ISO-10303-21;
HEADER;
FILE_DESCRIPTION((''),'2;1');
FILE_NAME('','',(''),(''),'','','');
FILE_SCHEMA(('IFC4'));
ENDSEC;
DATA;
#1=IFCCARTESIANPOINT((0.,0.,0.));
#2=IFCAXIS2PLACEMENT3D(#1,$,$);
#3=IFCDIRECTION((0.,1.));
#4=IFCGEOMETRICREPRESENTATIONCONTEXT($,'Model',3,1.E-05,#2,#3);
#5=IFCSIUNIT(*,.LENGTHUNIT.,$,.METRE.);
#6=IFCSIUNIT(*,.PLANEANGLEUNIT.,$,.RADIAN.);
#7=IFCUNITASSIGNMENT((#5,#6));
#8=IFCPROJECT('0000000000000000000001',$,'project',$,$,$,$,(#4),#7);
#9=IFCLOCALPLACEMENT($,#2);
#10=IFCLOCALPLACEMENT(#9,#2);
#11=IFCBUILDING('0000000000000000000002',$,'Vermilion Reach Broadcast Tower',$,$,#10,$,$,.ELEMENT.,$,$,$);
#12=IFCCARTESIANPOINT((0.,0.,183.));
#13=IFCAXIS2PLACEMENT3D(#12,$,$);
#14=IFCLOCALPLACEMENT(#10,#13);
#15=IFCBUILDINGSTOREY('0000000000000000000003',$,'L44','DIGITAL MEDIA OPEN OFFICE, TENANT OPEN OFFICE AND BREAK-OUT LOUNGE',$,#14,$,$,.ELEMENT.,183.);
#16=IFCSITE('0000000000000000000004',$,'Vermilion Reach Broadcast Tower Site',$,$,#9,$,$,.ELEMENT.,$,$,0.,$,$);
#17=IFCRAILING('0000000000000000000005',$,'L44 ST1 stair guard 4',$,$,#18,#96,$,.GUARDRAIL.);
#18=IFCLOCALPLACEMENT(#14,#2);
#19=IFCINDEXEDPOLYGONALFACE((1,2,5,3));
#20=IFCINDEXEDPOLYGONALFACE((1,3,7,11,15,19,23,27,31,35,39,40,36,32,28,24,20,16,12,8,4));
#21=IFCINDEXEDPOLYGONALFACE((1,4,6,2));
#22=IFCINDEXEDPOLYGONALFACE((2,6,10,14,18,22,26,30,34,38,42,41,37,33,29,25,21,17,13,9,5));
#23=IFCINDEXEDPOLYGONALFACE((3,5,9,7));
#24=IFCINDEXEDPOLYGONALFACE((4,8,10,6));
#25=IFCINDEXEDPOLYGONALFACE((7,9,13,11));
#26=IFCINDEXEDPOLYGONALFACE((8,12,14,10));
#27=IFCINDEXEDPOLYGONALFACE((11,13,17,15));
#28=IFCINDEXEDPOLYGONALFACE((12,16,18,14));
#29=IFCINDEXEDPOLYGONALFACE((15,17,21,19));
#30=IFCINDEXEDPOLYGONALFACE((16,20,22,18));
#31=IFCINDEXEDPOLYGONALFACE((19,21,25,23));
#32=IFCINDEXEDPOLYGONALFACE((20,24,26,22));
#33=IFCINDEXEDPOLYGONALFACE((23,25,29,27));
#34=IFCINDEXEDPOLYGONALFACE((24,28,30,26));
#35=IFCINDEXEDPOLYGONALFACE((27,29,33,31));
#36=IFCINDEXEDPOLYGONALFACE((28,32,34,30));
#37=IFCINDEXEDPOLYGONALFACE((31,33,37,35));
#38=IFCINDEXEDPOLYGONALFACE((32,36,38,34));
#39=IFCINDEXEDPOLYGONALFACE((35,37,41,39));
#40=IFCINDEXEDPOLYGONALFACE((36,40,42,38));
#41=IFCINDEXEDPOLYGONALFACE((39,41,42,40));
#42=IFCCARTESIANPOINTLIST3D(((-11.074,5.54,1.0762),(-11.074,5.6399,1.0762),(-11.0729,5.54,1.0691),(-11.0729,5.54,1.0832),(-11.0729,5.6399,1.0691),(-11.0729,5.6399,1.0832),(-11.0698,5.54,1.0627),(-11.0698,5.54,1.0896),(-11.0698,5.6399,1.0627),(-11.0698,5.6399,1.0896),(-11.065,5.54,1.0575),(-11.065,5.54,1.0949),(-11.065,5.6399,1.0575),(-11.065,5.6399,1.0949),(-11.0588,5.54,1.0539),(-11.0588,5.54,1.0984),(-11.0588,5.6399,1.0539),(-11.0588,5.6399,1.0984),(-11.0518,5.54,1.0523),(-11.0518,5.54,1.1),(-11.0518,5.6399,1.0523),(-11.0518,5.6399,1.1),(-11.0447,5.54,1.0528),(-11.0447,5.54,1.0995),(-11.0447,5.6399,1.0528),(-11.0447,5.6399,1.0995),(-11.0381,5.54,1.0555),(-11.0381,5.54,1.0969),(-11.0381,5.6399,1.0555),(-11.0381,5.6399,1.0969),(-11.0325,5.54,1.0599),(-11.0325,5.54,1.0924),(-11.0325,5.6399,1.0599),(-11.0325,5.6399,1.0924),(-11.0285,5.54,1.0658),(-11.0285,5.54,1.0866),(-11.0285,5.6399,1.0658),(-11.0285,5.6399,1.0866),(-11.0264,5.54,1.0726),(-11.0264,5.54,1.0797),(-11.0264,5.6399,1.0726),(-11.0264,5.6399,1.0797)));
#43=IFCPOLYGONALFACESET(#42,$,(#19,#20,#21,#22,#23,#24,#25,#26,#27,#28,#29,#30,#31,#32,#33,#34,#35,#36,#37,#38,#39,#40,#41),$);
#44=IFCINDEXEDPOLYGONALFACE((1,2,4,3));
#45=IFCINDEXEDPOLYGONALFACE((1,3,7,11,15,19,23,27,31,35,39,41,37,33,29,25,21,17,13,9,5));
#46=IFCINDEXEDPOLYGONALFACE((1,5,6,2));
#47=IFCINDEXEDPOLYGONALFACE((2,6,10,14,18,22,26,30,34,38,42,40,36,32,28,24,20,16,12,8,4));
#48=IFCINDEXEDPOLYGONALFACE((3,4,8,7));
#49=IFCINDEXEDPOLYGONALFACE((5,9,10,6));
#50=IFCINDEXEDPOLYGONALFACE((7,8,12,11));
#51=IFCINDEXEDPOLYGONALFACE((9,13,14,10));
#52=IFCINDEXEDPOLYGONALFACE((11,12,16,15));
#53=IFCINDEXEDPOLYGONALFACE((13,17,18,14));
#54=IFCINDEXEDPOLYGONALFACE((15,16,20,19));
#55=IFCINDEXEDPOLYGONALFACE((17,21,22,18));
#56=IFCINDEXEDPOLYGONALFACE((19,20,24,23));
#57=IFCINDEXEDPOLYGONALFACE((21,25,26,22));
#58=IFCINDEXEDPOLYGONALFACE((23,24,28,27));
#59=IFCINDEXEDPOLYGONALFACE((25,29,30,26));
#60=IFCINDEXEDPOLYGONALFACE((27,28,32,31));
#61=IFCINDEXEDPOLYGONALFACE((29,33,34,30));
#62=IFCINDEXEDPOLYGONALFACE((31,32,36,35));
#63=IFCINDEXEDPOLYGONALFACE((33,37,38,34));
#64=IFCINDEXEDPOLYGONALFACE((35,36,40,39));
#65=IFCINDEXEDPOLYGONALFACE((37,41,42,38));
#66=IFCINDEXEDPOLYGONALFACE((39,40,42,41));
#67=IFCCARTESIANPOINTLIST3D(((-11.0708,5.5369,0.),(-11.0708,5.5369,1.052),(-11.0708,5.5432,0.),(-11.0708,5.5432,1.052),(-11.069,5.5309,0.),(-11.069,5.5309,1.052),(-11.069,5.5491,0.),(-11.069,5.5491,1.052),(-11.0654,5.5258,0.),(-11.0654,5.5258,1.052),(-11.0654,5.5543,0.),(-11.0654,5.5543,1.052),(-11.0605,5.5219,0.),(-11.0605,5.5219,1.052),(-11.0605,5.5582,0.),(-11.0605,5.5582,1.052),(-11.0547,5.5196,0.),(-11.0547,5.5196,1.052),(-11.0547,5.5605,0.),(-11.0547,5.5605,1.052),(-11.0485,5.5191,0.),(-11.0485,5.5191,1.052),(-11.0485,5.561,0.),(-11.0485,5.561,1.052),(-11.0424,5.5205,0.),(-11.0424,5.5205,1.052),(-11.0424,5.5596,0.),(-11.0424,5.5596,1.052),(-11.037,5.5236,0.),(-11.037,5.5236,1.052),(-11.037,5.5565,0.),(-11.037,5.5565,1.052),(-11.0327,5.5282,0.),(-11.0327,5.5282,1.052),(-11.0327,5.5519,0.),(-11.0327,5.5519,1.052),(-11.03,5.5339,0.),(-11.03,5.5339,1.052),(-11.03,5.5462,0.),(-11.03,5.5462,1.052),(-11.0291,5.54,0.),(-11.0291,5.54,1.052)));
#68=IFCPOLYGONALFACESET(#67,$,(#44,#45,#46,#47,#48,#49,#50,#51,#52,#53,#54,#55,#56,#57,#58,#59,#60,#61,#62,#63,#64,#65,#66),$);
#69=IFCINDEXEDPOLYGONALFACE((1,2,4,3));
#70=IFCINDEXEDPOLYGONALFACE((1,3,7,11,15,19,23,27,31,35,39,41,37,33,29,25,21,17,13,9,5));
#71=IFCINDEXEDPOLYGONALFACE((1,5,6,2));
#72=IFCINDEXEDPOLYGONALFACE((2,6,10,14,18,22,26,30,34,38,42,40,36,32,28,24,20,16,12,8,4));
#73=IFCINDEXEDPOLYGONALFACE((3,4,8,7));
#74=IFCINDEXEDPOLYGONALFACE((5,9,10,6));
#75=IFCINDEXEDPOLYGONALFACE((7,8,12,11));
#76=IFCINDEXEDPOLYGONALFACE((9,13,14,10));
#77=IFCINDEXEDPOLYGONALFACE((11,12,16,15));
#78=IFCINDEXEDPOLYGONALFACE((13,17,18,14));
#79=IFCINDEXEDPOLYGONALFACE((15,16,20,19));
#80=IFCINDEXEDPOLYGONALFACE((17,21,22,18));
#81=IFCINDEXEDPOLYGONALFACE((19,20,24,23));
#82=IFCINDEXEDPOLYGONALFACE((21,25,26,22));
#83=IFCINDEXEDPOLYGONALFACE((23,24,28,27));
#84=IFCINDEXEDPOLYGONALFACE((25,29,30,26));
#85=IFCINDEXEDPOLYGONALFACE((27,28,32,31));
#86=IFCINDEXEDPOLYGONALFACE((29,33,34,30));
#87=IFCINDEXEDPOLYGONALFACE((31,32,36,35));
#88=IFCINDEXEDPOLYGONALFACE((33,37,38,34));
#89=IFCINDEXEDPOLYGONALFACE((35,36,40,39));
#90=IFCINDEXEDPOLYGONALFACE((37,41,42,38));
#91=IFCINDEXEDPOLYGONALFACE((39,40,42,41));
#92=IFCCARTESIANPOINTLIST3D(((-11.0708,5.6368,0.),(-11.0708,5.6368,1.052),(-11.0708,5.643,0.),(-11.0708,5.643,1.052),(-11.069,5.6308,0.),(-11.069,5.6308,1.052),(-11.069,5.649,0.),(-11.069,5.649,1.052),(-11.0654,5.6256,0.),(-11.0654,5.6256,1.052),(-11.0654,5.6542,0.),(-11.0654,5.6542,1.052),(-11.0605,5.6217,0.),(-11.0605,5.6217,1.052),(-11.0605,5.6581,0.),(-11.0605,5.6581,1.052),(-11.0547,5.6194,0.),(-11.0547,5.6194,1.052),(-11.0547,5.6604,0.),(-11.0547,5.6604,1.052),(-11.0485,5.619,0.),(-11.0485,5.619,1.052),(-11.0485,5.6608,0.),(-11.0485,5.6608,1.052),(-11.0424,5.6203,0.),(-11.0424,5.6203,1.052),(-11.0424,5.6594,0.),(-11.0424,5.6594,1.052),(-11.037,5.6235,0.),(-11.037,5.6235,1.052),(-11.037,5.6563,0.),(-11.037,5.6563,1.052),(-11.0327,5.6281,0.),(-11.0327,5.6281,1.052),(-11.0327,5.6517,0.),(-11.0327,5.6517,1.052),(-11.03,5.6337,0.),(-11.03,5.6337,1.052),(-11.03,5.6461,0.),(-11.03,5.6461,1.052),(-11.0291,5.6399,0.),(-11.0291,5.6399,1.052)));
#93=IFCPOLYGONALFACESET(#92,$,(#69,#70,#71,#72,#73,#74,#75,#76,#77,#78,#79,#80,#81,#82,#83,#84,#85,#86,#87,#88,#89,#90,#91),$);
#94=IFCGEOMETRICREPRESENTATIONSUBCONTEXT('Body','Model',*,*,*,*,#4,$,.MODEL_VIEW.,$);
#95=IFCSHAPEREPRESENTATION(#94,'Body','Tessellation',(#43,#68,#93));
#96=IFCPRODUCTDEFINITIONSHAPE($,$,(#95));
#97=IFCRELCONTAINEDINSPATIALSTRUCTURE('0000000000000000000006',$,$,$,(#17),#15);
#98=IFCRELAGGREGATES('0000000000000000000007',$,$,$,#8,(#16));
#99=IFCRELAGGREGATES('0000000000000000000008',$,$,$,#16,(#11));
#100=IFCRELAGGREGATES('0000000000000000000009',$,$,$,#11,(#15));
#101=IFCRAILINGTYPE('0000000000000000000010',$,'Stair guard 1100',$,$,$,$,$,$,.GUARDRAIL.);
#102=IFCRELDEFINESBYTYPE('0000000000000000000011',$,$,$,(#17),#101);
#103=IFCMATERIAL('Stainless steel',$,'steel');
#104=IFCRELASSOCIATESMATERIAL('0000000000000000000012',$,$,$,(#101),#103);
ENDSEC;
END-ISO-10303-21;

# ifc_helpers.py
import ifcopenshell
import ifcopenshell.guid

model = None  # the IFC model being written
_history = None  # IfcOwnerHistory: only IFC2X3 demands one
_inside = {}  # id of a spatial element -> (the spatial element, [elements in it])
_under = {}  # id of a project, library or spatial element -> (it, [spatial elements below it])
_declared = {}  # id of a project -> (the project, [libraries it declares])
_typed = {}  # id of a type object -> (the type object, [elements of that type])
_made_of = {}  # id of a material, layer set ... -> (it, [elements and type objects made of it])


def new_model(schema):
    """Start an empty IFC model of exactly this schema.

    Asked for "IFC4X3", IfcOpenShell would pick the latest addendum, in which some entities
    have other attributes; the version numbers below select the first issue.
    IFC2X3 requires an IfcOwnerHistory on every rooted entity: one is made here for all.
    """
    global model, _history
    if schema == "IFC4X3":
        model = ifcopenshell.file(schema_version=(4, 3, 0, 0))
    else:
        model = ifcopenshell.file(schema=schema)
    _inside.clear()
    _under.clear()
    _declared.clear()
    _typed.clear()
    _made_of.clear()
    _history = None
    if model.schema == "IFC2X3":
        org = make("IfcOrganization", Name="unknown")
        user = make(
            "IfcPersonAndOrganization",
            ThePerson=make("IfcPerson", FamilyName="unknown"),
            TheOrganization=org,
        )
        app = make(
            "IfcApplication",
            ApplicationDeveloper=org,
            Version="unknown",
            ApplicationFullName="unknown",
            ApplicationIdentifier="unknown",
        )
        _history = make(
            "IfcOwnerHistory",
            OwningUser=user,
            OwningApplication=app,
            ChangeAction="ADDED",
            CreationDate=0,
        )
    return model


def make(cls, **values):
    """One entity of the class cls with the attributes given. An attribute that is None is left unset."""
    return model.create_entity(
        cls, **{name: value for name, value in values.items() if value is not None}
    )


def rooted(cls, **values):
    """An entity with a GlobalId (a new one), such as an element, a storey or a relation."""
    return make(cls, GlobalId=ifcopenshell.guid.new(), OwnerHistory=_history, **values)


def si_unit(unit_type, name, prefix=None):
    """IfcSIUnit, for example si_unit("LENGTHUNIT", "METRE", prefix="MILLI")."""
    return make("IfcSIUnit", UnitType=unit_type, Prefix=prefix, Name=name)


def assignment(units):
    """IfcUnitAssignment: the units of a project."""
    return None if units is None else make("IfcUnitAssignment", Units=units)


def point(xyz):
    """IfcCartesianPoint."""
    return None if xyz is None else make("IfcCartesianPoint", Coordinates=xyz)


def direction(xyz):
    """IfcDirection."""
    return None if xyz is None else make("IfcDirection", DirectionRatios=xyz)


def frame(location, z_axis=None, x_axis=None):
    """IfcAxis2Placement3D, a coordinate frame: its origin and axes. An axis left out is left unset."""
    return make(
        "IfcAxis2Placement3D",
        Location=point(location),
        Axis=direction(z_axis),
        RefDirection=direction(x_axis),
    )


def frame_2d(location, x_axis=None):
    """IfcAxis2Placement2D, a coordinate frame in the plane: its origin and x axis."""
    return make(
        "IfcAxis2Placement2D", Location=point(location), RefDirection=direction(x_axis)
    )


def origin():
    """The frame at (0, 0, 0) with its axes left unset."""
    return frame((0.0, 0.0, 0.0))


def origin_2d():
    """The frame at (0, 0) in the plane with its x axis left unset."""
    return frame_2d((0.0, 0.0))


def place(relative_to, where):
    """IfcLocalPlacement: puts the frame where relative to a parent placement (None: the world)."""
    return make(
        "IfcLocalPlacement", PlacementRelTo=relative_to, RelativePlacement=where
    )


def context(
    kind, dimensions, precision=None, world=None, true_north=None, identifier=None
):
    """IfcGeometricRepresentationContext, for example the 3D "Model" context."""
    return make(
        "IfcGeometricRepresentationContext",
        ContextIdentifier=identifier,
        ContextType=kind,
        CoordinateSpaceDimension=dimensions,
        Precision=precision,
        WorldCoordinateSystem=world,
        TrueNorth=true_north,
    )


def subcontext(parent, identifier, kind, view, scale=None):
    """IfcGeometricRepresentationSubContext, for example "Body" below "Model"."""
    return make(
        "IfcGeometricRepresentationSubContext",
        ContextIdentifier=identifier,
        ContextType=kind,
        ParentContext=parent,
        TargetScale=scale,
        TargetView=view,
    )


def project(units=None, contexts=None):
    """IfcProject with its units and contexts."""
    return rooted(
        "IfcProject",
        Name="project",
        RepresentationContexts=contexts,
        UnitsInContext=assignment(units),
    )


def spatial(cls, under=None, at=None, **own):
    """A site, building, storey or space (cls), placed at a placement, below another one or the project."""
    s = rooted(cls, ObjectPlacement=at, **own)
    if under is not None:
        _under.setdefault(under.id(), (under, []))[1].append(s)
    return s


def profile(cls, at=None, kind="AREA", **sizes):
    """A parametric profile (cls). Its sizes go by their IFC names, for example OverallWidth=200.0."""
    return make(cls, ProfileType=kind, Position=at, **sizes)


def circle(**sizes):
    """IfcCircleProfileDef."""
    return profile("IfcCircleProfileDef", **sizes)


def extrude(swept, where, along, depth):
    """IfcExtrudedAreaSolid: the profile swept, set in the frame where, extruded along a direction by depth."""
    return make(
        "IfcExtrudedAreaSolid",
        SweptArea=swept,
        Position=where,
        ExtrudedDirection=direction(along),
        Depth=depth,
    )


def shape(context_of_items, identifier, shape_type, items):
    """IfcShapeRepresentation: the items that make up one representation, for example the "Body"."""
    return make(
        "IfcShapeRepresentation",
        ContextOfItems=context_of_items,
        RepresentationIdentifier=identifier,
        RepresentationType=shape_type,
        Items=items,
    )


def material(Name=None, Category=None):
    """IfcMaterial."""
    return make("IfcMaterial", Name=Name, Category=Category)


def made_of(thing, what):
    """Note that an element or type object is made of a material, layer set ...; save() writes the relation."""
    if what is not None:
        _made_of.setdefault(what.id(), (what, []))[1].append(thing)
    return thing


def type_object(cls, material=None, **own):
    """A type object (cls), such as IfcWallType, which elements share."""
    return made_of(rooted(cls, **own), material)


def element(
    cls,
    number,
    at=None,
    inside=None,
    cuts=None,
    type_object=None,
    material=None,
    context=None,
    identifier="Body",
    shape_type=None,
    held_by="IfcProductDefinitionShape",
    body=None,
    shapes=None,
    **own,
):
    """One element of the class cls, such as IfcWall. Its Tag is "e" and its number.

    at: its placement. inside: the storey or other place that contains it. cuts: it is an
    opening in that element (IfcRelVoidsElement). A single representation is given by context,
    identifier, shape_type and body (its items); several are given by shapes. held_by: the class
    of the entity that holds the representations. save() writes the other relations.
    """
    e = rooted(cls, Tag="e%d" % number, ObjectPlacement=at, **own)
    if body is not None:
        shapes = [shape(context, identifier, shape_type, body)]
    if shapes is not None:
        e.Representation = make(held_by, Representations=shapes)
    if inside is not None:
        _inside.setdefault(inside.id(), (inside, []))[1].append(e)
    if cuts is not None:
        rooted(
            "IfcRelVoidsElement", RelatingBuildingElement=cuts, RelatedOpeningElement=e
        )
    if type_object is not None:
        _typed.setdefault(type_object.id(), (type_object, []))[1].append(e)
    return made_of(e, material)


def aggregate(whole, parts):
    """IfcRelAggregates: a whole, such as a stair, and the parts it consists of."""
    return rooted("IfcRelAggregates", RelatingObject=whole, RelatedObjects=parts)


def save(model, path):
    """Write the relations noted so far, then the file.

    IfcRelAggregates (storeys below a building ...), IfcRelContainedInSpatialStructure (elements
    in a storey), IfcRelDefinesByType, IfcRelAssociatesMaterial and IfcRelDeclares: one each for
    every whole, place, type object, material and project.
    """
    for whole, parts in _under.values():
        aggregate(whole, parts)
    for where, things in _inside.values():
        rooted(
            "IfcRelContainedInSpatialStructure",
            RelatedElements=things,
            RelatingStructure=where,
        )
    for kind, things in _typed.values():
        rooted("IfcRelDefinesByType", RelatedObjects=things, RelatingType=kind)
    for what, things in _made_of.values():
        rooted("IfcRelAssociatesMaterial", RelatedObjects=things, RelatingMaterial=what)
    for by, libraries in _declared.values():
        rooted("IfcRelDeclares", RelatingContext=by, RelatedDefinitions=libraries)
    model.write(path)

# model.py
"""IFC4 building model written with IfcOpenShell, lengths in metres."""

from ifc_helpers import new_model, si_unit, direction, frame, origin, origin_2d, place, context, subcontext, project, spatial, circle, extrude, material, type_object, element, save


model = new_model("IFC4")

# Units and contexts
model_context = context("Model", 3, precision=1e-05, world=origin(), true_north=direction((0.0, 1.0)))
body_context = subcontext(model_context, "Body", "Model", "MODEL_VIEW")
ifc_project = project(units=[si_unit("LENGTHUNIT", "METRE"), si_unit("PLANEANGLEUNIT", "RADIAN")], contexts=[model_context])

# Site, building, storey
site_placement = place(None, origin())
site = spatial("IfcSite", under=ifc_project, at=site_placement, Name="Vermilion Reach Broadcast Tower Site", CompositionType="ELEMENT", RefElevation=0.0)
building_placement = place(site_placement, origin())
building = spatial("IfcBuilding", under=site, at=building_placement, Name="Vermilion Reach Broadcast Tower", CompositionType="ELEMENT")
storey_placement = place(building_placement, frame((0.0, 0.0, 183.0)))
storey = spatial("IfcBuildingStorey", under=building, at=storey_placement, Name="L44", Description="DIGITAL MEDIA OPEN OFFICE, TENANT OPEN OFFICE AND BREAK-OUT LOUNGE", CompositionType="ELEMENT", Elevation=183.0)

# Railing
ifc_material_1 = material(Name="Stainless steel", Category="steel")
railing_type_1 = type_object("IfcRailingType", Name="Stair guard 1100", PredefinedType="GUARDRAIL", material=ifc_material_1)
railing_1_placement = place(storey_placement, frame((-11.05, 5.54, 0.0)))
element("IfcRailing", 1, at=railing_1_placement, inside=storey, type_object=railing_type_1, Name="L44 ST1 stair guard 4", PredefinedType="GUARDRAIL", context=body_context, shape_type="SweptSolid", body=[
    extrude(circle(Radius=0.0239, at=origin_2d()), frame((0.0, 0.0, 1.0762), z_axis=(0.0, 1.0, 0.0), x_axis=(-1.0, 0.0, 0.0)), (0.0, 0.0, 1.0), 0.0999),
    extrude(circle(Radius=0.021, at=origin_2d()), origin(), (0.0, 0.0, 1.0), 1.052),
    extrude(circle(Radius=0.021, at=origin_2d()), frame((0.0, 0.0999, 0.0)), (0.0, 0.0, 1.0), 1.052),
])

save(model, "model.ifc")
